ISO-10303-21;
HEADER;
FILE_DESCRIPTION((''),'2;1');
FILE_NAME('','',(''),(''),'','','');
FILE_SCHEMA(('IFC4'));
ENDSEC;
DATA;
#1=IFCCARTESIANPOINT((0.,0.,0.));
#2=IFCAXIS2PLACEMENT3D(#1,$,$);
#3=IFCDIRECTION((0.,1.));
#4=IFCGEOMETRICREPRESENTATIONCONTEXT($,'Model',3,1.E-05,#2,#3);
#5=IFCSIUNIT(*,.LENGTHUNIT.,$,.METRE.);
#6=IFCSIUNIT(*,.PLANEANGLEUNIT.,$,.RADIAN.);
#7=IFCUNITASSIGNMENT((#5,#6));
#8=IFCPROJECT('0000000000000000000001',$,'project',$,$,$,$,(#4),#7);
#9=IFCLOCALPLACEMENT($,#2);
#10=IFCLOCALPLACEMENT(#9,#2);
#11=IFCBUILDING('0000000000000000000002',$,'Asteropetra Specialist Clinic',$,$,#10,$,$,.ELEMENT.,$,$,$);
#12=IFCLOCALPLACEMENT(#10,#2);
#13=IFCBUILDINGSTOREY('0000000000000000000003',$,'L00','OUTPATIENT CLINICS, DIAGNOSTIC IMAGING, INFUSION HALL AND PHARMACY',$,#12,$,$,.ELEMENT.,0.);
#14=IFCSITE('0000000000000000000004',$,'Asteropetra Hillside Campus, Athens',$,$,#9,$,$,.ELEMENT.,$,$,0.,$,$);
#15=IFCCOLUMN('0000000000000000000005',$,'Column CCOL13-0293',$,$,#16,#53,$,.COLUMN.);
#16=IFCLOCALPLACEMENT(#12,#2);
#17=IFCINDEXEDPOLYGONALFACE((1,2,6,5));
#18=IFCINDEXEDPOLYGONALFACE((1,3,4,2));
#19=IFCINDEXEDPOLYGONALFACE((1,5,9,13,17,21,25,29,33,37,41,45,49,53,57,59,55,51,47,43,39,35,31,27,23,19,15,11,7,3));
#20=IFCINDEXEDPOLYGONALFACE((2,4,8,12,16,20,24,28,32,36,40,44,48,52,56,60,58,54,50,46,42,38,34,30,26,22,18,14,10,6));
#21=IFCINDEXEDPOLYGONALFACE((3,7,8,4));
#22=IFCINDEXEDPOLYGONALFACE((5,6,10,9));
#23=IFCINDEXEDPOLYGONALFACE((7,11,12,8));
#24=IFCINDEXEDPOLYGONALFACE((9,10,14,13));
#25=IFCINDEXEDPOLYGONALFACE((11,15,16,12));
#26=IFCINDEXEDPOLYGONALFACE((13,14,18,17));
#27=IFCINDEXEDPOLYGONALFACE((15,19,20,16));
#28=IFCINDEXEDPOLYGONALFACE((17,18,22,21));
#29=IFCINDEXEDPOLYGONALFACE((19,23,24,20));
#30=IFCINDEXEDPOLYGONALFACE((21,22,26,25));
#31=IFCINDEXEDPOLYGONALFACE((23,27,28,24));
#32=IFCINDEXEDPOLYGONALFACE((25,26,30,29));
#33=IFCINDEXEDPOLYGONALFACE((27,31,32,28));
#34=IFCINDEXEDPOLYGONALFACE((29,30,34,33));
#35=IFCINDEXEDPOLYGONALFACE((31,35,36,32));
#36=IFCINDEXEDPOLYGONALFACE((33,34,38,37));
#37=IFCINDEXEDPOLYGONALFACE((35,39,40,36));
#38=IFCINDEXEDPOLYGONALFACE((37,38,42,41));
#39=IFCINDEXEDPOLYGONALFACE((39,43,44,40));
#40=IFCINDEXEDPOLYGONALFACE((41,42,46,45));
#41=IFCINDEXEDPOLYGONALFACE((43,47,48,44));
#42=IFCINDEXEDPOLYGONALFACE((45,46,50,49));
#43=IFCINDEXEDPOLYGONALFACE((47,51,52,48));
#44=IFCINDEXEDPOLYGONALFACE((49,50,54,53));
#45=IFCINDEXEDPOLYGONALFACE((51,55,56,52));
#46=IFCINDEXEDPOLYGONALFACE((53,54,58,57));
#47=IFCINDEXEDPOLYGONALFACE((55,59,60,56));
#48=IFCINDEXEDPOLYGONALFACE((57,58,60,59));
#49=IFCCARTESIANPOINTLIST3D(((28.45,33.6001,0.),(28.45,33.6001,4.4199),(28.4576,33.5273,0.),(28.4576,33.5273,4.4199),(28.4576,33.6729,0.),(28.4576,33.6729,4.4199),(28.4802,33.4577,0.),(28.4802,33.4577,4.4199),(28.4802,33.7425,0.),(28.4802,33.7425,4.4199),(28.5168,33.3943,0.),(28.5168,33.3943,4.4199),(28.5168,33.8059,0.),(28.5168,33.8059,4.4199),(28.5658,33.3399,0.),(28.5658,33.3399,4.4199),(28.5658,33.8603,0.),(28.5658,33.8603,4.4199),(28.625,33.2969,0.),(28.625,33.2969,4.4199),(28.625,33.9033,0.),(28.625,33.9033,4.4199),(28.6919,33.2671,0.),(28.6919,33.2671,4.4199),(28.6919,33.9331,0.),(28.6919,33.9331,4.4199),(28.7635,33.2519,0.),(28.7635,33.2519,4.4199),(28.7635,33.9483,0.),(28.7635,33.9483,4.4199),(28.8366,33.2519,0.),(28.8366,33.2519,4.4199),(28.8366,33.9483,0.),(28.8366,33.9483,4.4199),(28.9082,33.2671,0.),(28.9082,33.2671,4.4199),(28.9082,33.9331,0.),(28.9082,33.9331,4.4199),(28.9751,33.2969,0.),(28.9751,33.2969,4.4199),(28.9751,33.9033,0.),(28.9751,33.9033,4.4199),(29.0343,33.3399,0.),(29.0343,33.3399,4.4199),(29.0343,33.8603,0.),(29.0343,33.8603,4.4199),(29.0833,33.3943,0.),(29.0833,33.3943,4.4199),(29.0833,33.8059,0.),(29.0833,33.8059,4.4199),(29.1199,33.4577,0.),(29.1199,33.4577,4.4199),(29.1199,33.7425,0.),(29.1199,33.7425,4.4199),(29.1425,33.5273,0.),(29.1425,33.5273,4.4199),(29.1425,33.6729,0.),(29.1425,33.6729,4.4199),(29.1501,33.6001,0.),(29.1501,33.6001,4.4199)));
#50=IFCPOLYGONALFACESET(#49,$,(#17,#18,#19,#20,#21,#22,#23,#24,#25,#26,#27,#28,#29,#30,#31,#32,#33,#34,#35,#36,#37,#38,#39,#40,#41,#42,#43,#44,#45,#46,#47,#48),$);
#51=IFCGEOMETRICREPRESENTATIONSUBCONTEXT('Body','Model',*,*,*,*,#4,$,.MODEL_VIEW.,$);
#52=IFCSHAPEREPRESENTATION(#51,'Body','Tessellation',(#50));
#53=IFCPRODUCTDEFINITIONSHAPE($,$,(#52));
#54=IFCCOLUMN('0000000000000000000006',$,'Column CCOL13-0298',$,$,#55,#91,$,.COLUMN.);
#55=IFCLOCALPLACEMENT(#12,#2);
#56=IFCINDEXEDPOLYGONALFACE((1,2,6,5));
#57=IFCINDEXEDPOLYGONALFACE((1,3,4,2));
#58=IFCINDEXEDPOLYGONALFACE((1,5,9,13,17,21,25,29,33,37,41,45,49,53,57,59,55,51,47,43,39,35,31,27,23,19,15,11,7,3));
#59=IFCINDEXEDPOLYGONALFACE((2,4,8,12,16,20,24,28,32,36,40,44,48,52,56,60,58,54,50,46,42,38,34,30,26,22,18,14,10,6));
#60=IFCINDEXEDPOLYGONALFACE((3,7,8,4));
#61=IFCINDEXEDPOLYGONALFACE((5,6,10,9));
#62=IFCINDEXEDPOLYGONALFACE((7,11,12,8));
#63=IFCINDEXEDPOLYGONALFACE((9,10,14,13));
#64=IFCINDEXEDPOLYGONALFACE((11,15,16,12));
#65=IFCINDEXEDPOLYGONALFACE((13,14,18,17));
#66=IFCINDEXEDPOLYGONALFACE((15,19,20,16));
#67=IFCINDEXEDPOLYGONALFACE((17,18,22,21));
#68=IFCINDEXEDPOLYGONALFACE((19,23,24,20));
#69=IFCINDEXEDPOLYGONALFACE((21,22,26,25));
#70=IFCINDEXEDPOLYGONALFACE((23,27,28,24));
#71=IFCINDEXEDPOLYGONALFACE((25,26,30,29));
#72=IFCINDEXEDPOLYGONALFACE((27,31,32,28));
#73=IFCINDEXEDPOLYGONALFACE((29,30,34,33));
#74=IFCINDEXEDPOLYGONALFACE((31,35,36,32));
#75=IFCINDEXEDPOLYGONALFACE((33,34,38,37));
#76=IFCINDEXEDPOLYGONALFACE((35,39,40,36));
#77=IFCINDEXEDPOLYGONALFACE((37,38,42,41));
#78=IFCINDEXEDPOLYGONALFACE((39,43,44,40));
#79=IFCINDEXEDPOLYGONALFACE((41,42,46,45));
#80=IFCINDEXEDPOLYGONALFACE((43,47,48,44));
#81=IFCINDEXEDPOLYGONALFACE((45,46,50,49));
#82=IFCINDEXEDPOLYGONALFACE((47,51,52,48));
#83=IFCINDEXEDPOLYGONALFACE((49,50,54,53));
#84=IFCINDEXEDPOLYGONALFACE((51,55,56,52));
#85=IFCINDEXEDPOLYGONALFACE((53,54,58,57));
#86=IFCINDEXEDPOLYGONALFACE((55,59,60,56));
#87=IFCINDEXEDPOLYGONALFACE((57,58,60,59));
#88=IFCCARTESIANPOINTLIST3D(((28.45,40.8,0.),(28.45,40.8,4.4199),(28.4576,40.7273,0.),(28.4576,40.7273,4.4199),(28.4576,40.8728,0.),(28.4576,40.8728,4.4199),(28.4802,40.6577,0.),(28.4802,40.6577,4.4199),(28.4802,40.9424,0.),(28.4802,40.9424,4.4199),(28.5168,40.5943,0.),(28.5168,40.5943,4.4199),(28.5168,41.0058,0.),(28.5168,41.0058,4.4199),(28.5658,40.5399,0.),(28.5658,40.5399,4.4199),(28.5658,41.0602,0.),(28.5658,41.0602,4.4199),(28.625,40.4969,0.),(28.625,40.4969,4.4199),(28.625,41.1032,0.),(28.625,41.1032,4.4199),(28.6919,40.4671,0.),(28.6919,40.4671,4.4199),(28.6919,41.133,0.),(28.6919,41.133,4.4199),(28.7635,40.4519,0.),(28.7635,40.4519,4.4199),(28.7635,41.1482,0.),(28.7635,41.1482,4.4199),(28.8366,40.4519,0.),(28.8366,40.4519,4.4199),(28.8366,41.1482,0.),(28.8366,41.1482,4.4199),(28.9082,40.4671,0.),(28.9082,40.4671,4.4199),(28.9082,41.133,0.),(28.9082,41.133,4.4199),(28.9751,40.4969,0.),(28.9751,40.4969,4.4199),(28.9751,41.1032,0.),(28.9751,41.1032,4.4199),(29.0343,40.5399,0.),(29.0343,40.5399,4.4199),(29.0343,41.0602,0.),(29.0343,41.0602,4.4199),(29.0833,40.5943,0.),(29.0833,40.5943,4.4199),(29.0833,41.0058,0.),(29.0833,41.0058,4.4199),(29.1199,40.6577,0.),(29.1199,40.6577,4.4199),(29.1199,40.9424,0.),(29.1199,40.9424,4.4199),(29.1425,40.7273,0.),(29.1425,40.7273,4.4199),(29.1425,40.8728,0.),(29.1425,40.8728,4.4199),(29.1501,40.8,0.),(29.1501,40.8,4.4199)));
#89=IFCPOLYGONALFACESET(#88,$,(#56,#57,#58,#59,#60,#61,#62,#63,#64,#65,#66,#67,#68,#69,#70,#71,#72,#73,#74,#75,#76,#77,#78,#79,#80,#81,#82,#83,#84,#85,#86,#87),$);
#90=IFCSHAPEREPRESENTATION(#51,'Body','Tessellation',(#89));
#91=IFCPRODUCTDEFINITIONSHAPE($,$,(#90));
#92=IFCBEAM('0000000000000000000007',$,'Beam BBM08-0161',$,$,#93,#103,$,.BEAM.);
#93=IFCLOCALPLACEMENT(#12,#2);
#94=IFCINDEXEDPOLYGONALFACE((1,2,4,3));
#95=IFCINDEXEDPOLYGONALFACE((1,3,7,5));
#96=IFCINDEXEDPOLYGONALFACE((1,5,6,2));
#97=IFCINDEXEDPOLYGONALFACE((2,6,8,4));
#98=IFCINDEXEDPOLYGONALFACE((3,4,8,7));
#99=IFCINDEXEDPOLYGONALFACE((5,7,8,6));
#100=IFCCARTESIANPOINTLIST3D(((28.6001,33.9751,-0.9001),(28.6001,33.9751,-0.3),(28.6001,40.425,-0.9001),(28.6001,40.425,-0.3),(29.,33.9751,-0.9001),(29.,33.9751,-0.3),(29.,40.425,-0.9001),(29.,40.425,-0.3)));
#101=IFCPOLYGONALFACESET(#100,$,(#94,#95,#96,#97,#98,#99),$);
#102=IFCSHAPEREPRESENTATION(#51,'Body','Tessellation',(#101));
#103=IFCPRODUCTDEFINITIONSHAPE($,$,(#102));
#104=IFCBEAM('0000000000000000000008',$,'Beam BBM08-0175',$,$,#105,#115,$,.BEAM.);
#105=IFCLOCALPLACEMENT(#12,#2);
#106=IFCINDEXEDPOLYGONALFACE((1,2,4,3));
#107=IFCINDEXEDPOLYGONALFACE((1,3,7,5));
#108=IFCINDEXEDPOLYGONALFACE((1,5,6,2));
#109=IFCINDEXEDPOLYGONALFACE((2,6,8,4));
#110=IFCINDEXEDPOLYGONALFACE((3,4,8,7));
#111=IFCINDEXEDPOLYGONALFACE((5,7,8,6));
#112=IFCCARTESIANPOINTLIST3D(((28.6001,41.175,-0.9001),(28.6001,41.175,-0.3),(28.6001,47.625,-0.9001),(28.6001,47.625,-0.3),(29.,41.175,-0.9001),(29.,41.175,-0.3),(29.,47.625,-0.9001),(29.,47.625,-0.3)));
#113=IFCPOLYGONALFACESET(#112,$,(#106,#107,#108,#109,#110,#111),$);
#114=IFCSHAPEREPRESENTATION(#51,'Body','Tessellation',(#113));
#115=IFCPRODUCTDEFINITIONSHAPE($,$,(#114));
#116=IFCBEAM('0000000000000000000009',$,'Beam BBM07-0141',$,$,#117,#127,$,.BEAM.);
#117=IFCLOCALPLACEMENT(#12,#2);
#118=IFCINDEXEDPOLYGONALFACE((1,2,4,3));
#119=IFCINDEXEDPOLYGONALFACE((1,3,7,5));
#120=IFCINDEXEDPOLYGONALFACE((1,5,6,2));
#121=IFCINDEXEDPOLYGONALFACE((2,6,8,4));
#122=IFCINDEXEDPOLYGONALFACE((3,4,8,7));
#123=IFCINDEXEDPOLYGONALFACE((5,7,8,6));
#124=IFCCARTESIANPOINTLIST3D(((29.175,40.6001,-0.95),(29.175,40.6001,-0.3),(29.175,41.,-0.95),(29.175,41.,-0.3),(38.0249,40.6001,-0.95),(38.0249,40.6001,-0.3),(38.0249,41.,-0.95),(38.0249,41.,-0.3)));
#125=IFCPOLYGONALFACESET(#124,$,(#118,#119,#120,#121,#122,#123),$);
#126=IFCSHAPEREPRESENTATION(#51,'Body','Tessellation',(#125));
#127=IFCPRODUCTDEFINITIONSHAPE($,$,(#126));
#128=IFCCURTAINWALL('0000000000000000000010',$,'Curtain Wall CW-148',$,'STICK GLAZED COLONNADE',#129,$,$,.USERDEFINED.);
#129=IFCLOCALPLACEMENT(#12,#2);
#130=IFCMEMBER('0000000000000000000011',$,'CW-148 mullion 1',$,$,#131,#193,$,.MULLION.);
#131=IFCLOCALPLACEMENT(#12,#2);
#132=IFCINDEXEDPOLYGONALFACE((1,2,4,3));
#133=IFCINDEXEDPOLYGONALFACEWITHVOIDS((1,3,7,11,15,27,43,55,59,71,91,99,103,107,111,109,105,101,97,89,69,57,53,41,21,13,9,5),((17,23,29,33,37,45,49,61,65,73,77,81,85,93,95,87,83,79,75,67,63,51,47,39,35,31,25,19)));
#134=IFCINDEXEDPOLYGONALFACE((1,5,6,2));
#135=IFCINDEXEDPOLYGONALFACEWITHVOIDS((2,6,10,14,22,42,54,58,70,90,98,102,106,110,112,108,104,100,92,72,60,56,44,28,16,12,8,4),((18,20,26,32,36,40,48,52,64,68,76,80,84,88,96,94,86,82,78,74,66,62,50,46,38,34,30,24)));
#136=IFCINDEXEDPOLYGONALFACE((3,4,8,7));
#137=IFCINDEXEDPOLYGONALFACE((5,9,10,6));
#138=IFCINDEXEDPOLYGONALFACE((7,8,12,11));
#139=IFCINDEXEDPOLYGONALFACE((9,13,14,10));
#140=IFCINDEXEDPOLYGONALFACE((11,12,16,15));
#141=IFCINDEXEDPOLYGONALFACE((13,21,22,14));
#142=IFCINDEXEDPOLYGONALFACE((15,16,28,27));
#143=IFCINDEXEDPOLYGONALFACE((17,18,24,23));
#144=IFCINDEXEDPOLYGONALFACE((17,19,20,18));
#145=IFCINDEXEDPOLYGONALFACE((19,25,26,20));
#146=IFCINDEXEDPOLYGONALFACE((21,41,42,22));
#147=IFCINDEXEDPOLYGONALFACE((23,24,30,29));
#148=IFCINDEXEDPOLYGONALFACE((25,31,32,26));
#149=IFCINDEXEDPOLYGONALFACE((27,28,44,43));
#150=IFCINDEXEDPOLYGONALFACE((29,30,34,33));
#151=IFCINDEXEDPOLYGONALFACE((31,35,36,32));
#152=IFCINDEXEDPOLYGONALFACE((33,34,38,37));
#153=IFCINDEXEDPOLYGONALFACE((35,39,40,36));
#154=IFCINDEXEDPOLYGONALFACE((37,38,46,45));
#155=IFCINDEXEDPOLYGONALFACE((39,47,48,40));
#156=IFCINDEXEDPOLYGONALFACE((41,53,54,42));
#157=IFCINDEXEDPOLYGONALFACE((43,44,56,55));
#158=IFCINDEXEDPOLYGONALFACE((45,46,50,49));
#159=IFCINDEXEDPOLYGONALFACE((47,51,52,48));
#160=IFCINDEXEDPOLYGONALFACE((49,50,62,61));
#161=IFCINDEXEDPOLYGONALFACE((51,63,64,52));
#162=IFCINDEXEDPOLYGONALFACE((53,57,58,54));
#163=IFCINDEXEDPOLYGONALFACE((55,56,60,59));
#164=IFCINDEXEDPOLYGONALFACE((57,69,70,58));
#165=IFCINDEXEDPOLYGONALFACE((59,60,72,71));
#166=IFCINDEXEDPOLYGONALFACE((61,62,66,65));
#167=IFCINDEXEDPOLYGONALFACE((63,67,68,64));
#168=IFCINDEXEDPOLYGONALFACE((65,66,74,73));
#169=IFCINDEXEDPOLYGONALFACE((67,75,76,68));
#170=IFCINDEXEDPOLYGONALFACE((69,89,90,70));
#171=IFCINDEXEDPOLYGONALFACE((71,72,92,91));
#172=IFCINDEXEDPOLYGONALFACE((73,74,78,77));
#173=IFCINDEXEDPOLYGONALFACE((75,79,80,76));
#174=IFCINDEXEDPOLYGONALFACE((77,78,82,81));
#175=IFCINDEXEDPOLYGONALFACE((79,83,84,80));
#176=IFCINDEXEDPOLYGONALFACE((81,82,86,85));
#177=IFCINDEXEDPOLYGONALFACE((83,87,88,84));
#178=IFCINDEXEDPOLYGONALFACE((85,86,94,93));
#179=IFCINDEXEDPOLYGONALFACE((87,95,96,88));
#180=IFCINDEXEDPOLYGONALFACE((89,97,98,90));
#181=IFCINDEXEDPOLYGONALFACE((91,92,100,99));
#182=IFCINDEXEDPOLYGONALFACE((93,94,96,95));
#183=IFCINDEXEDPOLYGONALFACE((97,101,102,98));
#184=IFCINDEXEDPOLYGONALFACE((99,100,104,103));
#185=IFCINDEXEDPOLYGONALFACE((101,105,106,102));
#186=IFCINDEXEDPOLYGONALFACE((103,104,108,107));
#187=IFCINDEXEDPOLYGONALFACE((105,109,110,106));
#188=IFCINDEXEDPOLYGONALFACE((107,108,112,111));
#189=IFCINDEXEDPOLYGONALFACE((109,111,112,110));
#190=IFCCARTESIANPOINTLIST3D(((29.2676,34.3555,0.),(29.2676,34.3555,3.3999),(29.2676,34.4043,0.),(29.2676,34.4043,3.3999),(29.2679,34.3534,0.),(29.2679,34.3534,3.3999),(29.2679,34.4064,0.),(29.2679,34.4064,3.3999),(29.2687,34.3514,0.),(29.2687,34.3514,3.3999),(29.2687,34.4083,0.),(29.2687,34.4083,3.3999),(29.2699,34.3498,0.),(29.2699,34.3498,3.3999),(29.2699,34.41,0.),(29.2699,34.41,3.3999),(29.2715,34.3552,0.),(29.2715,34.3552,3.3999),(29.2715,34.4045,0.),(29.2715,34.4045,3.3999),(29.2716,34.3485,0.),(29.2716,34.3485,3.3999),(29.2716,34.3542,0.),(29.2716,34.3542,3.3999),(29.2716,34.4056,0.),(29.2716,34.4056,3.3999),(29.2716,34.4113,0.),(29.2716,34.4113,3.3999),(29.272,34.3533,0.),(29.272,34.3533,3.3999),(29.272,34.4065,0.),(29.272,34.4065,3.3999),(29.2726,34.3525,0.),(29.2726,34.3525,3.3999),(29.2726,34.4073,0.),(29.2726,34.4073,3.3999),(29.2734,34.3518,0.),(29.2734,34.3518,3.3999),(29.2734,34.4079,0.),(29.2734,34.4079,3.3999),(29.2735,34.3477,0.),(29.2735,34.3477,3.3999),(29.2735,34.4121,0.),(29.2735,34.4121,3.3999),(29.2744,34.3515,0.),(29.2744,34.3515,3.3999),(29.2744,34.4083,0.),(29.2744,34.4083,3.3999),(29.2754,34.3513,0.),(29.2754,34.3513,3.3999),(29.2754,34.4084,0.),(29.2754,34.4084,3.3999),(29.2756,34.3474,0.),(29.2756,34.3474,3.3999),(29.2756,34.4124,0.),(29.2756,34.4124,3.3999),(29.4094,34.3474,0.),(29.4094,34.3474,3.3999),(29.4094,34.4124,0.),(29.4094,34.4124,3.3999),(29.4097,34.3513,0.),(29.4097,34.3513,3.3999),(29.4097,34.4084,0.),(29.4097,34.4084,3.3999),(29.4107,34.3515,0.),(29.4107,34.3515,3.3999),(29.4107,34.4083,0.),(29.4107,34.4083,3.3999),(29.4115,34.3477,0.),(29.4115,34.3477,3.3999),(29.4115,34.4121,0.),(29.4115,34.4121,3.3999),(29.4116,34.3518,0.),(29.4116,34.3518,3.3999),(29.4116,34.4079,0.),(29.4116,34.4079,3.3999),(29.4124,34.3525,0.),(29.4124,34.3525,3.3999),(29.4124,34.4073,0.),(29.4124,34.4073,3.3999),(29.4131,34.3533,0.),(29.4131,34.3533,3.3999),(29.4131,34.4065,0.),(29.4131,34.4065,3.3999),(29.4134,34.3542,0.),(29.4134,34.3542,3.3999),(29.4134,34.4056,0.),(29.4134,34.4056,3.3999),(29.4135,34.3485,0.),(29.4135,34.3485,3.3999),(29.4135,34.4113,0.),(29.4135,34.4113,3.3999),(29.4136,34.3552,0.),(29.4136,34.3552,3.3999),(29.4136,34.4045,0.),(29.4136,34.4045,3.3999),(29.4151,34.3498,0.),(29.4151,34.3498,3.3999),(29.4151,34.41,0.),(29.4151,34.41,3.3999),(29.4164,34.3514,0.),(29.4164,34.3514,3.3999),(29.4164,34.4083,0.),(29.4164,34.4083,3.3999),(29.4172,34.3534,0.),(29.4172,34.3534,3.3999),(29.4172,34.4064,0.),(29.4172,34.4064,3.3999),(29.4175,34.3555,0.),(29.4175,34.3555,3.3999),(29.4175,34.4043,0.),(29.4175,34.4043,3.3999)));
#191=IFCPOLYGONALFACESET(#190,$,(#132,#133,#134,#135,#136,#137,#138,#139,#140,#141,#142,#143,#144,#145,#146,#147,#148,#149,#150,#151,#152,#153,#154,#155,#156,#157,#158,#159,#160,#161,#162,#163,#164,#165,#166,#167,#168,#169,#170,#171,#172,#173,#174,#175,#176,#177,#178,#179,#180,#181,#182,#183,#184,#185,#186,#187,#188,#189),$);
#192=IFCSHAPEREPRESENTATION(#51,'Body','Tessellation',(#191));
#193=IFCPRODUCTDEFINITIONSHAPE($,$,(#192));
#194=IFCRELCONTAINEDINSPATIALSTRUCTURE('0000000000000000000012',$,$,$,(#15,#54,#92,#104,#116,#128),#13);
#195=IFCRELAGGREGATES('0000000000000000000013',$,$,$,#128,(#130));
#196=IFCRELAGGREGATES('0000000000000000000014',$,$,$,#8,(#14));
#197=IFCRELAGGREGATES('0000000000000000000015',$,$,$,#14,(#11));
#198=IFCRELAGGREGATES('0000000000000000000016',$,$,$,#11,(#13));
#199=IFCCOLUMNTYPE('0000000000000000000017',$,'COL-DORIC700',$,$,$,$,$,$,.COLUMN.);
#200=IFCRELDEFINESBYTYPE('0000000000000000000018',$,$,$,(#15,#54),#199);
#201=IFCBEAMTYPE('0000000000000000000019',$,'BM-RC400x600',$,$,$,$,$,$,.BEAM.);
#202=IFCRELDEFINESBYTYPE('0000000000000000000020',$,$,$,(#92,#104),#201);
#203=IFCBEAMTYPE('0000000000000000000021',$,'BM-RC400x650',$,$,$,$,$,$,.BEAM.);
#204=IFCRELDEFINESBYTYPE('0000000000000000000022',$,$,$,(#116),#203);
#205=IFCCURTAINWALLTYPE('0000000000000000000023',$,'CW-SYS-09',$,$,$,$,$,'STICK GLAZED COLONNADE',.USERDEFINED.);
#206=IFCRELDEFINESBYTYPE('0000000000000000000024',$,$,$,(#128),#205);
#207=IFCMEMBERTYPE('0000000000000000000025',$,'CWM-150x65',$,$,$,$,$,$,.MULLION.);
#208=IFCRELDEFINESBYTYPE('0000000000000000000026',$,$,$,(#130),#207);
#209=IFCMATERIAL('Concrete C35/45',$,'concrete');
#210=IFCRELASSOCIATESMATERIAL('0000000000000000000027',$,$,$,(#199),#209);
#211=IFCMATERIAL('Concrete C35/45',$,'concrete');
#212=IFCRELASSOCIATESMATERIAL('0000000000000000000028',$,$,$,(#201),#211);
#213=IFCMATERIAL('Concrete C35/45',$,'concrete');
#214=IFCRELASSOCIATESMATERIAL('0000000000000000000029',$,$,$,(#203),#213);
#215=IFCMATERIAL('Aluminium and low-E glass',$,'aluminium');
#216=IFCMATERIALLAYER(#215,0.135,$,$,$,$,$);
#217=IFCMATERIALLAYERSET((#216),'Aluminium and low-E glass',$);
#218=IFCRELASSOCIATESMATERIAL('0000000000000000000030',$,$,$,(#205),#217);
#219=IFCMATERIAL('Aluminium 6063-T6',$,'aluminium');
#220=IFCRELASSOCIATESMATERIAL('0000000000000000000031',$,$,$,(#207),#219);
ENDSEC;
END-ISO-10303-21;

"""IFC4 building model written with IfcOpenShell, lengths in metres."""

from ifc_helpers import new_model, si_unit, direction, frame, origin, origin_2d, place, context, subcontext, project, spatial, rectangle, hollow_rectangle, circle, extrude, material, layer, layer_set, material_profile, profile_set, type_object, element, aggregate, save


model = new_model("IFC4")

# Units and contexts
model_context = context("Model", 3, precision=1e-05, world=origin(), true_north=direction((0.0, 1.0)))
body_context = subcontext(model_context, "Body", "Model", "MODEL_VIEW")
ifc_project = project(units=[si_unit("LENGTHUNIT", "METRE"), si_unit("PLANEANGLEUNIT", "RADIAN")], contexts=[model_context])

# Site, building, storey
site_placement = place(None, origin())
site = spatial("IfcSite", under=ifc_project, at=site_placement, Name="Asteropetra Hillside Campus, Athens", CompositionType="ELEMENT", RefElevation=0.0)
building_placement = place(site_placement, origin())
building = spatial("IfcBuilding", under=site, at=building_placement, Name="Asteropetra Specialist Clinic", CompositionType="ELEMENT")
storey_placement = place(building_placement, origin())
storey = spatial("IfcBuildingStorey", under=building, at=storey_placement, Name="L00", Description="OUTPATIENT CLINICS, DIAGNOSTIC IMAGING, INFUSION HALL AND PHARMACY", CompositionType="ELEMENT", Elevation=0.0)

# Columns
ifc_material_1 = material(Name="Concrete C35/45", Category="concrete")
ifc_material_profile_1 = material_profile(ifc_material_1, circle(Radius=0.3501, at=origin_2d()), Name="RCC D700")
ifc_profile_set_1 = profile_set([ifc_material_profile_1], Name="Concrete C35/45")
column_type = type_object("IfcColumnType", Name="COL-DORIC700", PredefinedType="COLUMN", material=ifc_profile_set_1)
for number, where, z_axis, x_axis, name in (
    (1, (28.8, 33.6001, 0.0), (0.0, 0.0, 1.0), (1.0, 0.0, 0.0), "Column CCOL13-0293"),
    (2, (28.8, 40.8, 0.0), (0.0, 0.0, 1.0), (1.0, 0.0, 0.0), "Column CCOL13-0298"),
):
    element("IfcColumn", number, at=place(storey_placement, frame(where, z_axis=z_axis, x_axis=x_axis)), inside=storey, type_object=column_type, Name=name, PredefinedType="COLUMN", context=body_context, shape_type="SweptSolid", body=[
        extrude(circle(Radius=0.3501, at=origin_2d()), origin(), (0.0, 0.0, 1.0), 4.4199),
    ])

# Beams
ifc_material_2 = material(Name="Concrete C35/45", Category="concrete")
ifc_material_profile_2 = material_profile(ifc_material_2, rectangle(XDim=0.3999, YDim=0.6001, at=origin_2d()), Name="RCB 400x600")
ifc_profile_set_2 = profile_set([ifc_material_profile_2], Name="Concrete C35/45")
beam_type_1 = type_object("IfcBeamType", Name="BM-RC400x600", PredefinedType="BEAM", material=ifc_profile_set_2)
for number, where, z_axis, x_axis, name in (
    (3, (28.8, 33.9751, -0.6001), (0.0, 1.0, 0.0), (-1.0, 0.0, 0.0), "Beam BBM08-0161"),
    (4, (28.8, 41.175, -0.6001), (0.0, 1.0, 0.0), (-1.0, 0.0, 0.0), "Beam BBM08-0175"),
):
    element("IfcBeam", number, at=place(storey_placement, frame(where, z_axis=z_axis, x_axis=x_axis)), inside=storey, type_object=beam_type_1, Name=name, PredefinedType="BEAM", context=body_context, shape_type="SweptSolid", body=[
        extrude(rectangle(XDim=0.3999, YDim=0.6001, at=origin_2d()), origin(), (0.0, 0.0, 1.0), 6.45),
    ])
ifc_material_3 = material(Name="Concrete C35/45", Category="concrete")
ifc_material_profile_3 = material_profile(ifc_material_3, rectangle(XDim=0.3999, YDim=0.6499, at=origin_2d()), Name="RCB 400x650")
ifc_profile_set_3 = profile_set([ifc_material_profile_3], Name="Concrete C35/45")
beam_type_2 = type_object("IfcBeamType", Name="BM-RC400x650", PredefinedType="BEAM", material=ifc_profile_set_3)
beam_1_placement = place(storey_placement, frame((29.175, 40.8, -0.625), z_axis=(1.0, 0.0, 0.0), x_axis=(0.0, 1.0, 0.0)))
element("IfcBeam", 5, at=beam_1_placement, inside=storey, type_object=beam_type_2, Name="Beam BBM07-0141", PredefinedType="BEAM", context=body_context, shape_type="SweptSolid", body=[
    extrude(rectangle(XDim=0.3999, YDim=0.6499, at=origin_2d()), origin(), (0.0, 0.0, 1.0), 8.8499),
])

# Curtain wall, member
ifc_material_4 = material(Name="Aluminium and low-E glass", Category="aluminium")
ifc_layer_1 = layer(ifc_material_4, 0.135)
ifc_layer_set_1 = layer_set([ifc_layer_1], Name="Aluminium and low-E glass")
curtain_wall_type_1 = type_object("IfcCurtainWallType", Name="CW-SYS-09", ElementType="STICK GLAZED COLONNADE", PredefinedType="USERDEFINED", material=ifc_layer_set_1)
curtain_wall_1_placement = place(storey_placement, origin())
curtain_wall_1 = element("IfcCurtainWall", 6, at=curtain_wall_1_placement, inside=storey, type_object=curtain_wall_type_1, Name="Curtain Wall CW-148", ObjectType="STICK GLAZED COLONNADE", PredefinedType="USERDEFINED")
ifc_material_5 = material(Name="Aluminium 6063-T6", Category="aluminium")
ifc_material_profile_4 = material_profile(ifc_material_5, hollow_rectangle(XDim=0.0649, YDim=0.1499, WallThickness=0.0039, InnerFilletRadius=0.0039, OuterFilletRadius=0.0081, at=origin_2d()), Name="MUL 150x65x4.0")
ifc_profile_set_4 = profile_set([ifc_material_profile_4], Name="Aluminium 6063-T6")
member_type_1 = type_object("IfcMemberType", Name="CWM-150x65", PredefinedType="MULLION", material=ifc_profile_set_4)
member_1_placement = place(storey_placement, frame((29.3425, 34.3799, 0.0), z_axis=(0.0, 0.0, 1.0), x_axis=(0.0, 1.0, 0.0)))
member_1 = element("IfcMember", 7, at=member_1_placement, type_object=member_type_1, Name="CW-148 mullion 1", PredefinedType="MULLION", context=body_context, shape_type="SweptSolid", body=[
    extrude(hollow_rectangle(XDim=0.0649, YDim=0.1499, WallThickness=0.0039, InnerFilletRadius=0.0039, OuterFilletRadius=0.0081, at=origin_2d()), origin(), (0.0, 0.0, 1.0), 3.3999),
])

aggregate(curtain_wall_1, [member_1])

save(model, "model.ifc")
